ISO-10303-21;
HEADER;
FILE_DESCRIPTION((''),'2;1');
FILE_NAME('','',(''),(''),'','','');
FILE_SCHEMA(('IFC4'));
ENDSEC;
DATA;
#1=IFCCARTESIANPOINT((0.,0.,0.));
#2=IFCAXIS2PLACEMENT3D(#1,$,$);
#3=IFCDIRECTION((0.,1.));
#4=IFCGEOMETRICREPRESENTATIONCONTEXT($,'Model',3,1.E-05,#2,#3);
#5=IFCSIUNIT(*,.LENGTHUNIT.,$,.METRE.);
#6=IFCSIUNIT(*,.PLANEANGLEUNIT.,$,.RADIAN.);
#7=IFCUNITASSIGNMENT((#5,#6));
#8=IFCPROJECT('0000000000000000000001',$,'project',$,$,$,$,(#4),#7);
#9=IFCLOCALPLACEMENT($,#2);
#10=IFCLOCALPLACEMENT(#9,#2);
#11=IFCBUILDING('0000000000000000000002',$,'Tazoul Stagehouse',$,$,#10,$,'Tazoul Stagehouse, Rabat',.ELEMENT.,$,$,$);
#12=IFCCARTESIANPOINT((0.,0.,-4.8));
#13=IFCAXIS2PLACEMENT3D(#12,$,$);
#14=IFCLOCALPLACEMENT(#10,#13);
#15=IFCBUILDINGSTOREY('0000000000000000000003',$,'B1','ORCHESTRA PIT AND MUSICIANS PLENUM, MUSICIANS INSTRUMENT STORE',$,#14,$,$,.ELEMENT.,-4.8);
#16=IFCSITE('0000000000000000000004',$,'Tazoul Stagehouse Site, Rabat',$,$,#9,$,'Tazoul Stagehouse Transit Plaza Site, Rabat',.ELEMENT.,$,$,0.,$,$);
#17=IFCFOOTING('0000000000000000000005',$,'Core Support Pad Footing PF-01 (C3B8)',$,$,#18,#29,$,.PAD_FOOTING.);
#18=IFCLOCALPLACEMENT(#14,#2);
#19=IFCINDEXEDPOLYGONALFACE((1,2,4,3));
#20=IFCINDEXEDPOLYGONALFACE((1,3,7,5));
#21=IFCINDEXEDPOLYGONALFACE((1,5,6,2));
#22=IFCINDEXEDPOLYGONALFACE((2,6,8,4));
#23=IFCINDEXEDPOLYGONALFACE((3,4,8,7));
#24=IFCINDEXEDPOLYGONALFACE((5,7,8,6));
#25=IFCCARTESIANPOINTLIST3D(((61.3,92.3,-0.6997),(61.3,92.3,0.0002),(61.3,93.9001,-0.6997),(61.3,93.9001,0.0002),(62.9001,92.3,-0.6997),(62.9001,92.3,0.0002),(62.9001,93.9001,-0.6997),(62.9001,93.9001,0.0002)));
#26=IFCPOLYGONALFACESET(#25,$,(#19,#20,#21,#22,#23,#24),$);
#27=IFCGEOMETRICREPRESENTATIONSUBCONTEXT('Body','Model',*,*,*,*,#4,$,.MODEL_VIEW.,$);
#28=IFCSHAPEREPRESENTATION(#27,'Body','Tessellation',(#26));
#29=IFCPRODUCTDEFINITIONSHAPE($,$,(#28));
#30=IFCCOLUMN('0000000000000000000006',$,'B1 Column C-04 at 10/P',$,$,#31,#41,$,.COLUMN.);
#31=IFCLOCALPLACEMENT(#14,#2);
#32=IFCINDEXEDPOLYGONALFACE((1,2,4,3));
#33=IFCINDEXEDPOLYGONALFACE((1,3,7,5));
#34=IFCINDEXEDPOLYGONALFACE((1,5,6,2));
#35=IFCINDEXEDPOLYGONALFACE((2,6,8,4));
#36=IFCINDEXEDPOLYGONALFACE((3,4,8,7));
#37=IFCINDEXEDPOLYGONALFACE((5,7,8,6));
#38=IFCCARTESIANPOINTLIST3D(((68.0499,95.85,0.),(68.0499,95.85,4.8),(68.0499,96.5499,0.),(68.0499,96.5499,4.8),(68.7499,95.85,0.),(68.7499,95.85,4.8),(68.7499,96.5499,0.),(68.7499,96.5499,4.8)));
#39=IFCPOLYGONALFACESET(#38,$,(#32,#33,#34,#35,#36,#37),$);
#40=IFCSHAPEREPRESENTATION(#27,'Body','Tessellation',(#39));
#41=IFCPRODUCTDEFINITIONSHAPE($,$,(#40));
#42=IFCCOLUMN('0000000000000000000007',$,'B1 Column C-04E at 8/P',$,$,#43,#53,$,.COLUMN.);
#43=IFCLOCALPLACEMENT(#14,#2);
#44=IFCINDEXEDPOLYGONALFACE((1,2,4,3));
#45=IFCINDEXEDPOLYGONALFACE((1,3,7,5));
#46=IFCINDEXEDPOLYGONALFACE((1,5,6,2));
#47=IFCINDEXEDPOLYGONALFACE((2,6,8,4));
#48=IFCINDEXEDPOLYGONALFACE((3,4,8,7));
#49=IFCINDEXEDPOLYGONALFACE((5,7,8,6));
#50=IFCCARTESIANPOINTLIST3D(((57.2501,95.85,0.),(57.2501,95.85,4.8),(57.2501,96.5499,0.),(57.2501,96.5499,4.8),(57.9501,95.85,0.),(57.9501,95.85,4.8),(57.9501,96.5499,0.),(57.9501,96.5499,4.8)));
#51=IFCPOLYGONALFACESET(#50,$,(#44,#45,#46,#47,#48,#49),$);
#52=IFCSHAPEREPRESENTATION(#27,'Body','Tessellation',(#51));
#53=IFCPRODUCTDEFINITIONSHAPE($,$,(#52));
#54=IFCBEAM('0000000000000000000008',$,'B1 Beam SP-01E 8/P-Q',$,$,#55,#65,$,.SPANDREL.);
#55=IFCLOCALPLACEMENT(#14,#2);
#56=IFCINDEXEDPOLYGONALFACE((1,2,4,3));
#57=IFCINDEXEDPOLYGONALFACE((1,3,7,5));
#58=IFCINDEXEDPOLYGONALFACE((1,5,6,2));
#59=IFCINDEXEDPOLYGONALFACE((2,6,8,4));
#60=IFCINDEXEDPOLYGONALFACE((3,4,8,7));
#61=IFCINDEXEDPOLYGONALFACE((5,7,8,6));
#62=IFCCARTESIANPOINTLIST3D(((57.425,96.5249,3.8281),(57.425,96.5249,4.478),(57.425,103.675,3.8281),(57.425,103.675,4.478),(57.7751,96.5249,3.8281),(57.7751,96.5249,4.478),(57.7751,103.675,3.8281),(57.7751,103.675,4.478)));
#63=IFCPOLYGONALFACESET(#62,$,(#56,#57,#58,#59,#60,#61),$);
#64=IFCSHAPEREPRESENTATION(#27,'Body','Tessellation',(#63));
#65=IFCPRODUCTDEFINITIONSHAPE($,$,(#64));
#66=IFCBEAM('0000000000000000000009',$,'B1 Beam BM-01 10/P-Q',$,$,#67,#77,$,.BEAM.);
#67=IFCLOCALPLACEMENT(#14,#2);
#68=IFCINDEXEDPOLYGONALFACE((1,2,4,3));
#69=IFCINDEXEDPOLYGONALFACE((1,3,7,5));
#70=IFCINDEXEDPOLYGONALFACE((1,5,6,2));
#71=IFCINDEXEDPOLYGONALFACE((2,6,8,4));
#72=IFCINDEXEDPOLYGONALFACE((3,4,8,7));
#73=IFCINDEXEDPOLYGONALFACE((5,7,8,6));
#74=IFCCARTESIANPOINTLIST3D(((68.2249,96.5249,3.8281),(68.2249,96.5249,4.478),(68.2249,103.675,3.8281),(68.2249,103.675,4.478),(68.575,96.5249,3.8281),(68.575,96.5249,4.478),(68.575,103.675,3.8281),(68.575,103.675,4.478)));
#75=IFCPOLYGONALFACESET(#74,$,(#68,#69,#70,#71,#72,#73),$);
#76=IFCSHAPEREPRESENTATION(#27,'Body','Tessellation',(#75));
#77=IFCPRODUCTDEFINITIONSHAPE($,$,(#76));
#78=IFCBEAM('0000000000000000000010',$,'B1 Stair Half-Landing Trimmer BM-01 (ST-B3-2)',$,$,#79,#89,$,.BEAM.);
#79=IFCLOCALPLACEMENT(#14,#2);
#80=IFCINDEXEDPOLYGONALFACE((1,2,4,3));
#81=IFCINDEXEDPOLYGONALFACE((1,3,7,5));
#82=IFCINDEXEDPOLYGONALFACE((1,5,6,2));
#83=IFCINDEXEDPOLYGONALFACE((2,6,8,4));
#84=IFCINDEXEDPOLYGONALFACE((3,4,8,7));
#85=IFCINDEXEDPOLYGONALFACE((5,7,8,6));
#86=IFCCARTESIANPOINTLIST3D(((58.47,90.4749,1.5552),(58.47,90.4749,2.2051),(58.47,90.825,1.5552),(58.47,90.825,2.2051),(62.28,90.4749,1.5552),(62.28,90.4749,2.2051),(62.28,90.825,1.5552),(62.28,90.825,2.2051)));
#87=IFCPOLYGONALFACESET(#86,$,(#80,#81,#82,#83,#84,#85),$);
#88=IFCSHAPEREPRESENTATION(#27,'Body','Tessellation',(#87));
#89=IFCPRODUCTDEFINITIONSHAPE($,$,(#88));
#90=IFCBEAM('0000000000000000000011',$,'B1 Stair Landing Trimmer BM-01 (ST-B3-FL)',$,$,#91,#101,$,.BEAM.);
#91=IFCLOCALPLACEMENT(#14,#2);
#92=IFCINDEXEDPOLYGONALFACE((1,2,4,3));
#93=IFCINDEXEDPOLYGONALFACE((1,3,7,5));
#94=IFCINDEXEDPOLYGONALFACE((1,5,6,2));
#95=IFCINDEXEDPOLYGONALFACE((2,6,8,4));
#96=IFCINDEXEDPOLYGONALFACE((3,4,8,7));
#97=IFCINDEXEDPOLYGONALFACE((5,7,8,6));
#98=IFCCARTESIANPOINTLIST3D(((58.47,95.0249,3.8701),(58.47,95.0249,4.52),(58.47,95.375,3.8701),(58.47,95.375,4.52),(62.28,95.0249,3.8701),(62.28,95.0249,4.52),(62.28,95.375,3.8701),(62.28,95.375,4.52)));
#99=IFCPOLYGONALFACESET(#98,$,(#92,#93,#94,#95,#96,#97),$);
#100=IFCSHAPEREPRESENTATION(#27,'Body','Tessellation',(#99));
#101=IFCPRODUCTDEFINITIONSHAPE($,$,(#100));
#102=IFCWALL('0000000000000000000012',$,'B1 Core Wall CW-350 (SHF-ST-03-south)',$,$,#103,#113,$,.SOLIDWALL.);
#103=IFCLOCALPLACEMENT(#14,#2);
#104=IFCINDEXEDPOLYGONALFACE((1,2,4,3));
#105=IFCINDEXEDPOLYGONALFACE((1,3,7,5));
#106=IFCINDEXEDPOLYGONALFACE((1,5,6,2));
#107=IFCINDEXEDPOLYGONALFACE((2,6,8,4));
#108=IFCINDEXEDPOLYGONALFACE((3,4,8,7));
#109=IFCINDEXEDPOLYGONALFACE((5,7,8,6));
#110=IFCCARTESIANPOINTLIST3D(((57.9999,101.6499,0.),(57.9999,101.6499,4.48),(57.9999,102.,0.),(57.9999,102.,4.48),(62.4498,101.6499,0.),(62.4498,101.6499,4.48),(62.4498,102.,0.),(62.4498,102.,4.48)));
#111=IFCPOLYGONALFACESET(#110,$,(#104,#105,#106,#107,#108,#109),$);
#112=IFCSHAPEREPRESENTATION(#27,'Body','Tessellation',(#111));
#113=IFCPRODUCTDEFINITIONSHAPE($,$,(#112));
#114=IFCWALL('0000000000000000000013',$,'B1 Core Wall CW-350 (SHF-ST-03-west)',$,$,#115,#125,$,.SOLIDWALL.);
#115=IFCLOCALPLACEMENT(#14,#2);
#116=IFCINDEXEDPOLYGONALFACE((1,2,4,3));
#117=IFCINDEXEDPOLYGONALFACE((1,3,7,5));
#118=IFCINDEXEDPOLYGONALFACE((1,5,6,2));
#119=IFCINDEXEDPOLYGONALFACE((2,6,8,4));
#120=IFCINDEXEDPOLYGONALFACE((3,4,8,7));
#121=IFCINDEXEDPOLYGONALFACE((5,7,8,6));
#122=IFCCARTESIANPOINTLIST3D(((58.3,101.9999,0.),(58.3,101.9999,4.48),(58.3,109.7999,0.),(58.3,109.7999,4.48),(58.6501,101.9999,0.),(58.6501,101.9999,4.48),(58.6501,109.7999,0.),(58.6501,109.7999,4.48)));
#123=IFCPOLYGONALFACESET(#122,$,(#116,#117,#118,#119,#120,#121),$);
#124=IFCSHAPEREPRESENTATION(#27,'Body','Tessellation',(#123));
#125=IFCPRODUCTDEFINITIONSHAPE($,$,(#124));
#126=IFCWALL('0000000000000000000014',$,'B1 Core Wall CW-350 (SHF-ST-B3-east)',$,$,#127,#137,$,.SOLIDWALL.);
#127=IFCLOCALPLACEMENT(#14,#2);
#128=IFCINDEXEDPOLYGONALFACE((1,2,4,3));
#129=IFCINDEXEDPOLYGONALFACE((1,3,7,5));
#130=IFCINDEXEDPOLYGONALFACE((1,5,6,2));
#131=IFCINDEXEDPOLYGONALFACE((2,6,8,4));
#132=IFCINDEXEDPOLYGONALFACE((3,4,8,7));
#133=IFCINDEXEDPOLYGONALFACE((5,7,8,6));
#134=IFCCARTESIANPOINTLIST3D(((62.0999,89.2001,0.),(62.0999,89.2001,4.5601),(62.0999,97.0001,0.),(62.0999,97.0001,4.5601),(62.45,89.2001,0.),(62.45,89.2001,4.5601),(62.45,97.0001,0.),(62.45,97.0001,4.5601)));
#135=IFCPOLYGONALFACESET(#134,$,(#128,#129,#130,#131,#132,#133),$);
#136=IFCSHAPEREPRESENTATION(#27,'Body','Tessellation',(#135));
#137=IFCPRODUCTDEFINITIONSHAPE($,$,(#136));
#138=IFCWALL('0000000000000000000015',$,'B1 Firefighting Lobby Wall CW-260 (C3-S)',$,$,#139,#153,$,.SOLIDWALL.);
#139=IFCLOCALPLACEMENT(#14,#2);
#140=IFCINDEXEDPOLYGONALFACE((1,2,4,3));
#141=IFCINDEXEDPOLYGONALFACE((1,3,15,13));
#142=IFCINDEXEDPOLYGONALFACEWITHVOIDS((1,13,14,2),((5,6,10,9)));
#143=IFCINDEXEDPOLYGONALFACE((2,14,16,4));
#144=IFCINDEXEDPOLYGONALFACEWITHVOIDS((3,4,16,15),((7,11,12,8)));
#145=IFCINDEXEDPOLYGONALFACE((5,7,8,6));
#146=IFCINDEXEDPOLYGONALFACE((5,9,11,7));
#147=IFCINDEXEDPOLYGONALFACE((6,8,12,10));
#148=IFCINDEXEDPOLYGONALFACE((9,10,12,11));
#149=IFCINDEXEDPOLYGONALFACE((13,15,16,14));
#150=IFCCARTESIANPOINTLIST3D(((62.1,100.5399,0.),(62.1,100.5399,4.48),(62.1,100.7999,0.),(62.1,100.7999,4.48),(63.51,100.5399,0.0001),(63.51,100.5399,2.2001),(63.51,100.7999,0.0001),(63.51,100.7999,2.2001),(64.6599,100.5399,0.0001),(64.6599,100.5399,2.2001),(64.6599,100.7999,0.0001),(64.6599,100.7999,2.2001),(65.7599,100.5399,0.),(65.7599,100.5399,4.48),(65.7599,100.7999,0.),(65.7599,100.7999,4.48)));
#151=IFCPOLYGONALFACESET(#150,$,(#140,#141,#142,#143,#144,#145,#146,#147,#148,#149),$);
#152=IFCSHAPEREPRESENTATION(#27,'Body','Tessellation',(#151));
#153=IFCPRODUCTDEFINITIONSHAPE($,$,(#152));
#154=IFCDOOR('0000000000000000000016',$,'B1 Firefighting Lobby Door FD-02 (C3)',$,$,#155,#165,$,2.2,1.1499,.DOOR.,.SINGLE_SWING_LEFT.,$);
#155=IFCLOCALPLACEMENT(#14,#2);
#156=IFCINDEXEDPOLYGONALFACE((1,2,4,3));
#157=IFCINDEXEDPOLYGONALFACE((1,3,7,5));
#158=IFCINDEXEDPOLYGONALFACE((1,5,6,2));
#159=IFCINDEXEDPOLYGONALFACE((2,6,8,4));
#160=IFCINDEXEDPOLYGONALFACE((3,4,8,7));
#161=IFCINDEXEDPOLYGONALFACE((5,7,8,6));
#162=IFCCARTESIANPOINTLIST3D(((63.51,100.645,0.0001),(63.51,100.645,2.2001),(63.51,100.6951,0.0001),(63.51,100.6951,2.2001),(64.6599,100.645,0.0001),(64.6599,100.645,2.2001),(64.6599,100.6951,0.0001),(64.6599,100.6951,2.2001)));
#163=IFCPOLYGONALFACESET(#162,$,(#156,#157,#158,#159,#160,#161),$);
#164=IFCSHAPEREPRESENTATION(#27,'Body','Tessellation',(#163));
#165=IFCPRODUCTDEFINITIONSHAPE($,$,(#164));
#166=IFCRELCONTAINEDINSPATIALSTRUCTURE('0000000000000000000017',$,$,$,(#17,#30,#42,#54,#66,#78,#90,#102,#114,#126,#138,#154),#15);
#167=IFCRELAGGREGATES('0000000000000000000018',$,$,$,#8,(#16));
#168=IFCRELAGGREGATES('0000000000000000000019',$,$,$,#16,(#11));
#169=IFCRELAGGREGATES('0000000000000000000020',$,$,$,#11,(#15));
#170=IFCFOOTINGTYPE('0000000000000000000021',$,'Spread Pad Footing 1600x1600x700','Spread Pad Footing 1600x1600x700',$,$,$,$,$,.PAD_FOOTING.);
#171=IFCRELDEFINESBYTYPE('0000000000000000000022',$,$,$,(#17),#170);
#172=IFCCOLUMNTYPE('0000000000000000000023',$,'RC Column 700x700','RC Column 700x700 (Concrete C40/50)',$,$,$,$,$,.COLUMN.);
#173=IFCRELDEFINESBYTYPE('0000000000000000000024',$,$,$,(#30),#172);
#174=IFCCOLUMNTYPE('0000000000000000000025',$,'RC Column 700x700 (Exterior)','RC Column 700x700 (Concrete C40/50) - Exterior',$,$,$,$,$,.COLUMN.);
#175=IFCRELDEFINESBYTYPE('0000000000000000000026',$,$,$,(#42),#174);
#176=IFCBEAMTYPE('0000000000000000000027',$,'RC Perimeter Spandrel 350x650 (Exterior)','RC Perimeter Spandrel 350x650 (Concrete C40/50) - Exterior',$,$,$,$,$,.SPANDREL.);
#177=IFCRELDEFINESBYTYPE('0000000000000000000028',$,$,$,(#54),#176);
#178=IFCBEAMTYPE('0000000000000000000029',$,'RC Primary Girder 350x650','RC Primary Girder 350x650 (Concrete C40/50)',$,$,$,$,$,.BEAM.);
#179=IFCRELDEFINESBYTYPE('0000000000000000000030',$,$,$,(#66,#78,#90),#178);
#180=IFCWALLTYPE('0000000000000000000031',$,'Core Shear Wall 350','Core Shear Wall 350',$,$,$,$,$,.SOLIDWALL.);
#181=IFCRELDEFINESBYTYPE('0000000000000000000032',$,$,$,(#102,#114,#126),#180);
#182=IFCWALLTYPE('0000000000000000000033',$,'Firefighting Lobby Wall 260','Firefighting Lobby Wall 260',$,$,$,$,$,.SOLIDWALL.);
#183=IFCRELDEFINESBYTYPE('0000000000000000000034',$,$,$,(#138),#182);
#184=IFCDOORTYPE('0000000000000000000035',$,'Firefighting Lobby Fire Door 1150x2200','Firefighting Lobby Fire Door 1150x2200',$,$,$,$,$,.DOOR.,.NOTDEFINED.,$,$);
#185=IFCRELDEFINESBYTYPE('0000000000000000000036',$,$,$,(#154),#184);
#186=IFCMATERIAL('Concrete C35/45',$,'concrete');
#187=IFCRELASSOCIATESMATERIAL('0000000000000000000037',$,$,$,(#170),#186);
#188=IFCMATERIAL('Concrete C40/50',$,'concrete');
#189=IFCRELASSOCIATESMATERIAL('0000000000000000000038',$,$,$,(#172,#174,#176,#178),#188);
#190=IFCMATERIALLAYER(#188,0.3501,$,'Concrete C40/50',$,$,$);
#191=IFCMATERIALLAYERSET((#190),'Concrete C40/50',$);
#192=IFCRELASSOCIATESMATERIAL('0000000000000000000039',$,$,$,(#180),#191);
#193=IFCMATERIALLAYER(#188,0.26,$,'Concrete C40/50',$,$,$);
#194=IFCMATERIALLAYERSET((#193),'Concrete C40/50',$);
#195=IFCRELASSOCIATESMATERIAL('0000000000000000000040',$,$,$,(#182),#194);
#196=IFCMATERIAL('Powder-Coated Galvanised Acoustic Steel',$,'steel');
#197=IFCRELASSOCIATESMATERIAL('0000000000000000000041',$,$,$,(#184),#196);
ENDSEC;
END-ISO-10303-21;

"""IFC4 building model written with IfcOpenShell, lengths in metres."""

from ifc_helpers import new_model, si_unit, direction, frame, frame_2d, origin, origin_2d, place, context, subcontext, project, spatial, rectangle, extrude, material, layer, layer_set, material_profile, profile_set, type_object, element, fill, save


model = new_model("IFC4")

# Units and contexts
model_context = context("Model", 3, precision=1e-05, world=origin(), true_north=direction((0.0, 1.0)))
body_context = subcontext(model_context, "Body", "Model", "MODEL_VIEW")
ifc_project = project(units=[si_unit("LENGTHUNIT", "METRE"), si_unit("PLANEANGLEUNIT", "RADIAN")], contexts=[model_context])

# Site, building, storey
site_placement = place(None, origin())
site = spatial("IfcSite", under=ifc_project, at=site_placement, Name="Tazoul Stagehouse Site, Rabat", LongName="Tazoul Stagehouse Transit Plaza Site, Rabat", CompositionType="ELEMENT", RefElevation=0.0)
building_placement = place(site_placement, origin())
building = spatial("IfcBuilding", under=site, at=building_placement, Name="Tazoul Stagehouse", LongName="Tazoul Stagehouse, Rabat", CompositionType="ELEMENT")
storey_placement = place(building_placement, frame((0.0, 0.0, -4.8)))
storey = spatial("IfcBuildingStorey", under=building, at=storey_placement, Name="B1", Description="ORCHESTRA PIT AND MUSICIANS PLENUM, MUSICIANS INSTRUMENT STORE", CompositionType="ELEMENT", Elevation=-4.8)

# Shared definitions
ifc_material_1 = material(Name="Concrete C35/45", Category="concrete")

# Footing
footing_type_1 = type_object("IfcFootingType", Name="Spread Pad Footing 1600x1600x700", Description="Spread Pad Footing 1600x1600x700", PredefinedType="PAD_FOOTING", material=ifc_material_1)
for number, where, z_axis, x_axis, name in (
    (1, (62.1001, 93.1001, -0.6997), (0.0, 0.0, 1.0), (1.0, 0.0, 0.0), "Core Support Pad Footing PF-01 (C3B8)"),
):
    element("IfcFooting", number, at=place(storey_placement, frame(where, z_axis=z_axis, x_axis=x_axis)), inside=storey, type_object=footing_type_1, Name=name, PredefinedType="PAD_FOOTING", context=body_context, shape_type="SweptSolid", body=[
        extrude(rectangle(XDim=1.6001, YDim=1.6001, at=origin_2d()), origin(), (0.0, 0.0, 1.0), 0.7),
    ])

# Columns
ifc_material_2 = material(Name="Concrete C40/50", Category="concrete")
ifc_material_profile_1 = material_profile(ifc_material_2, rectangle(XDim=0.7, YDim=0.7, at=origin_2d()), Name="RC 700x700")
ifc_profile_set_1 = profile_set([ifc_material_profile_1], Name="Concrete C40/50")
column_type_1 = type_object("IfcColumnType", Name="RC Column 700x700", Description="RC Column 700x700 (Concrete C40/50)", PredefinedType="COLUMN", material=ifc_profile_set_1)
column_1_placement = place(storey_placement, frame((68.3999, 96.2, 0.0), z_axis=(0.0, 0.0, 1.0), x_axis=(1.0, 0.0, 0.0)))
element("IfcColumn", 2, at=column_1_placement, inside=storey, type_object=column_type_1, Name="B1 Column C-04 at 10/P", PredefinedType="COLUMN", context=body_context, shape_type="SweptSolid", body=[
    extrude(rectangle(XDim=0.7, YDim=0.7, at=origin_2d()), origin(), (0.0, 0.0, 1.0), 4.8),
])
ifc_material_profile_2 = material_profile(ifc_material_2, rectangle(XDim=0.7, YDim=0.7, at=origin_2d()), Name="RC 700x700")
ifc_profile_set_2 = profile_set([ifc_material_profile_2], Name="Concrete C40/50")
column_type_2 = type_object("IfcColumnType", Name="RC Column 700x700 (Exterior)", Description="RC Column 700x700 (Concrete C40/50) - Exterior", PredefinedType="COLUMN", material=ifc_profile_set_2)
column_2_placement = place(storey_placement, frame((57.6001, 96.2, 0.0), z_axis=(0.0, 0.0, 1.0), x_axis=(1.0, 0.0, 0.0)))
element("IfcColumn", 3, at=column_2_placement, inside=storey, type_object=column_type_2, Name="B1 Column C-04E at 8/P", PredefinedType="COLUMN", context=body_context, shape_type="SweptSolid", body=[
    extrude(rectangle(XDim=0.7, YDim=0.7, at=origin_2d()), origin(), (0.0, 0.0, 1.0), 4.8),
])

# Beams
ifc_material_profile_3 = material_profile(ifc_material_2, rectangle(XDim=0.3501, YDim=0.6499, at=origin_2d()), Name="RC 350x650")
ifc_profile_set_3 = profile_set([ifc_material_profile_3], Name="Concrete C40/50")
beam_type_1 = type_object("IfcBeamType", Name="RC Perimeter Spandrel 350x650 (Exterior)", Description="RC Perimeter Spandrel 350x650 (Concrete C40/50) - Exterior", PredefinedType="SPANDREL", material=ifc_profile_set_3)
beam_1_placement = place(storey_placement, frame((57.6001, 96.5249, 4.1531), z_axis=(0.0, 1.0, 0.0), x_axis=(-1.0, 0.0, 0.0)))
element("IfcBeam", 4, at=beam_1_placement, inside=storey, type_object=beam_type_1, Name="B1 Beam SP-01E 8/P-Q", PredefinedType="SPANDREL", context=body_context, shape_type="SweptSolid", body=[
    extrude(rectangle(XDim=0.3501, YDim=0.6499, at=origin_2d()), origin(), (0.0, 0.0, 1.0), 7.1501),
])
ifc_material_profile_4 = material_profile(ifc_material_2, rectangle(XDim=0.3501, YDim=0.6499, at=origin_2d()), Name="RC 350x650")
ifc_profile_set_4 = profile_set([ifc_material_profile_4], Name="Concrete C40/50")
beam_type_2 = type_object("IfcBeamType", Name="RC Primary Girder 350x650", Description="RC Primary Girder 350x650 (Concrete C40/50)", PredefinedType="BEAM", material=ifc_profile_set_4)
beam_2_placement = place(storey_placement, frame((68.3999, 96.5249, 4.1531), z_axis=(0.0, 1.0, 0.0), x_axis=(-1.0, 0.0, 0.0)))
element("IfcBeam", 5, at=beam_2_placement, inside=storey, type_object=beam_type_2, Name="B1 Beam BM-01 10/P-Q", PredefinedType="BEAM", context=body_context, shape_type="SweptSolid", body=[
    extrude(rectangle(XDim=0.3501, YDim=0.6499, at=origin_2d()), origin(), (0.0, 0.0, 1.0), 7.1501),
])
for number, where, z_axis, x_axis, name in (
    (6, (58.47, 90.6499, 1.8801), (1.0, 0.0, 0.0), (0.0, 1.0, 0.0), "B1 Stair Half-Landing Trimmer BM-01 (ST-B3-2)"),
    (7, (58.47, 95.2, 4.1951), (1.0, 0.0, 0.0), (0.0, 1.0, 0.0), "B1 Stair Landing Trimmer BM-01 (ST-B3-FL)"),
):
    element("IfcBeam", number, at=place(storey_placement, frame(where, z_axis=z_axis, x_axis=x_axis)), inside=storey, type_object=beam_type_2, Name=name, PredefinedType="BEAM", context=body_context, shape_type="SweptSolid", body=[
        extrude(rectangle(XDim=0.3501, YDim=0.6499, at=origin_2d()), origin(), (0.0, 0.0, 1.0), 3.8101),
    ])

# Walls
ifc_layer_1 = layer(ifc_material_2, 0.3501, Name="Concrete C40/50")
ifc_layer_set_1 = layer_set([ifc_layer_1], Name="Concrete C40/50")
wall_type_1 = type_object("IfcWallType", Name="Core Shear Wall 350", Description="Core Shear Wall 350", PredefinedType="SOLIDWALL", material=ifc_layer_set_1)
wall_1_placement = place(storey_placement, frame((62.45, 101.825, 0.0), z_axis=(0.0, 0.0, 1.0), x_axis=(-1.0, 0.0, 0.0)))
element("IfcWall", 8, at=wall_1_placement, inside=storey, type_object=wall_type_1, Name="B1 Core Wall CW-350 (SHF-ST-03-south)", PredefinedType="SOLIDWALL", context=body_context, shape_type="SweptSolid", body=[
    extrude(rectangle(XDim=4.45, YDim=0.3501, at=frame_2d((2.2251, 0.0))), origin(), (0.0, 0.0, 1.0), 4.48),
])
wall_2_placement = place(storey_placement, frame((58.4751, 102.0, 0.0), z_axis=(0.0, 0.0, 1.0), x_axis=(0.0, 1.0, 0.0)))
element("IfcWall", 9, at=wall_2_placement, inside=storey, type_object=wall_type_1, Name="B1 Core Wall CW-350 (SHF-ST-03-west)", PredefinedType="SOLIDWALL", context=body_context, shape_type="SweptSolid", body=[
    extrude(rectangle(XDim=7.8, YDim=0.3501, at=frame_2d((3.8999, 0.0))), origin(), (0.0, 0.0, 1.0), 4.48),
])

# Shared definitions
ifc_material_3 = material(Name="Powder-Coated Galvanised Acoustic Steel", Category="steel")

# Wall
wall_3_placement = place(storey_placement, frame((62.2749, 97.0, 0.0), z_axis=(0.0, 0.0, 1.0), x_axis=(0.0, -1.0, 0.0)))
element("IfcWall", 10, at=wall_3_placement, inside=storey, type_object=wall_type_1, Name="B1 Core Wall CW-350 (SHF-ST-B3-east)", PredefinedType="SOLIDWALL", context=body_context, shape_type="SweptSolid", body=[
    extrude(rectangle(XDim=7.8, YDim=0.3501, at=frame_2d((3.8999, 0.0))), origin(), (0.0, 0.0, 1.0), 4.5601),
])

# Wall, opening, door
ifc_layer_2 = layer(ifc_material_2, 0.26, Name="Concrete C40/50")
ifc_layer_set_2 = layer_set([ifc_layer_2], Name="Concrete C40/50")
wall_type_2 = type_object("IfcWallType", Name="Firefighting Lobby Wall 260", Description="Firefighting Lobby Wall 260", PredefinedType="SOLIDWALL", material=ifc_layer_set_2)
wall_4_placement = place(storey_placement, frame((65.76, 100.6699, 0.0), z_axis=(0.0, 0.0, 1.0), x_axis=(-1.0, 0.0, 0.0)))
wall_4 = element("IfcWall", 11, at=wall_4_placement, inside=storey, type_object=wall_type_2, Name="B1 Firefighting Lobby Wall CW-260 (C3-S)", PredefinedType="SOLIDWALL", context=body_context, shape_type="SweptSolid", body=[
    extrude(rectangle(XDim=3.6599, YDim=0.26, at=frame_2d((1.8301, 0.0))), origin(), (0.0, 0.0, 1.0), 4.48),
])
opening_1_placement = place(wall_4_placement, frame((1.1001, 0.0, 0.0)))
opening_1 = element("IfcOpeningElement", 12, at=opening_1_placement, cuts=wall_4, PredefinedType="OPENING", context=body_context, shape_type="SweptSolid", body=[
    extrude(rectangle(XDim=1.1499, YDim=2.2, at=frame_2d((0.575, 1.1001))), frame((0.0, 0.1499, 0.0), z_axis=(0.0, -1.0, 0.0), x_axis=(1.0, 0.0, 0.0)), (0.0, 0.0, 1.0), 0.3),
])
door_type_1 = type_object("IfcDoorType", Name="Firefighting Lobby Fire Door 1150x2200", Description="Firefighting Lobby Fire Door 1150x2200", OperationType="NOTDEFINED", PredefinedType="DOOR", material=ifc_material_3)
door_1_placement = place(opening_1_placement, origin())
door_1 = element("IfcDoor", 13, at=door_1_placement, inside=storey, type_object=door_type_1, Name="B1 Firefighting Lobby Door FD-02 (C3)", OperationType="SINGLE_SWING_LEFT", OverallHeight=2.2, OverallWidth=1.1499, PredefinedType="DOOR", context=body_context, shape_type="SweptSolid", body=[
    extrude(rectangle(XDim=1.1499, YDim=2.2, at=frame_2d((0.575, 1.1001))), frame((0.0, 0.0249, 0.0), z_axis=(0.0, -1.0, 0.0), x_axis=(1.0, 0.0, 0.0)), (0.0, 0.0, 1.0), 0.05),
])
fill(opening_1, door_1)

save(model, "model.ifc")
